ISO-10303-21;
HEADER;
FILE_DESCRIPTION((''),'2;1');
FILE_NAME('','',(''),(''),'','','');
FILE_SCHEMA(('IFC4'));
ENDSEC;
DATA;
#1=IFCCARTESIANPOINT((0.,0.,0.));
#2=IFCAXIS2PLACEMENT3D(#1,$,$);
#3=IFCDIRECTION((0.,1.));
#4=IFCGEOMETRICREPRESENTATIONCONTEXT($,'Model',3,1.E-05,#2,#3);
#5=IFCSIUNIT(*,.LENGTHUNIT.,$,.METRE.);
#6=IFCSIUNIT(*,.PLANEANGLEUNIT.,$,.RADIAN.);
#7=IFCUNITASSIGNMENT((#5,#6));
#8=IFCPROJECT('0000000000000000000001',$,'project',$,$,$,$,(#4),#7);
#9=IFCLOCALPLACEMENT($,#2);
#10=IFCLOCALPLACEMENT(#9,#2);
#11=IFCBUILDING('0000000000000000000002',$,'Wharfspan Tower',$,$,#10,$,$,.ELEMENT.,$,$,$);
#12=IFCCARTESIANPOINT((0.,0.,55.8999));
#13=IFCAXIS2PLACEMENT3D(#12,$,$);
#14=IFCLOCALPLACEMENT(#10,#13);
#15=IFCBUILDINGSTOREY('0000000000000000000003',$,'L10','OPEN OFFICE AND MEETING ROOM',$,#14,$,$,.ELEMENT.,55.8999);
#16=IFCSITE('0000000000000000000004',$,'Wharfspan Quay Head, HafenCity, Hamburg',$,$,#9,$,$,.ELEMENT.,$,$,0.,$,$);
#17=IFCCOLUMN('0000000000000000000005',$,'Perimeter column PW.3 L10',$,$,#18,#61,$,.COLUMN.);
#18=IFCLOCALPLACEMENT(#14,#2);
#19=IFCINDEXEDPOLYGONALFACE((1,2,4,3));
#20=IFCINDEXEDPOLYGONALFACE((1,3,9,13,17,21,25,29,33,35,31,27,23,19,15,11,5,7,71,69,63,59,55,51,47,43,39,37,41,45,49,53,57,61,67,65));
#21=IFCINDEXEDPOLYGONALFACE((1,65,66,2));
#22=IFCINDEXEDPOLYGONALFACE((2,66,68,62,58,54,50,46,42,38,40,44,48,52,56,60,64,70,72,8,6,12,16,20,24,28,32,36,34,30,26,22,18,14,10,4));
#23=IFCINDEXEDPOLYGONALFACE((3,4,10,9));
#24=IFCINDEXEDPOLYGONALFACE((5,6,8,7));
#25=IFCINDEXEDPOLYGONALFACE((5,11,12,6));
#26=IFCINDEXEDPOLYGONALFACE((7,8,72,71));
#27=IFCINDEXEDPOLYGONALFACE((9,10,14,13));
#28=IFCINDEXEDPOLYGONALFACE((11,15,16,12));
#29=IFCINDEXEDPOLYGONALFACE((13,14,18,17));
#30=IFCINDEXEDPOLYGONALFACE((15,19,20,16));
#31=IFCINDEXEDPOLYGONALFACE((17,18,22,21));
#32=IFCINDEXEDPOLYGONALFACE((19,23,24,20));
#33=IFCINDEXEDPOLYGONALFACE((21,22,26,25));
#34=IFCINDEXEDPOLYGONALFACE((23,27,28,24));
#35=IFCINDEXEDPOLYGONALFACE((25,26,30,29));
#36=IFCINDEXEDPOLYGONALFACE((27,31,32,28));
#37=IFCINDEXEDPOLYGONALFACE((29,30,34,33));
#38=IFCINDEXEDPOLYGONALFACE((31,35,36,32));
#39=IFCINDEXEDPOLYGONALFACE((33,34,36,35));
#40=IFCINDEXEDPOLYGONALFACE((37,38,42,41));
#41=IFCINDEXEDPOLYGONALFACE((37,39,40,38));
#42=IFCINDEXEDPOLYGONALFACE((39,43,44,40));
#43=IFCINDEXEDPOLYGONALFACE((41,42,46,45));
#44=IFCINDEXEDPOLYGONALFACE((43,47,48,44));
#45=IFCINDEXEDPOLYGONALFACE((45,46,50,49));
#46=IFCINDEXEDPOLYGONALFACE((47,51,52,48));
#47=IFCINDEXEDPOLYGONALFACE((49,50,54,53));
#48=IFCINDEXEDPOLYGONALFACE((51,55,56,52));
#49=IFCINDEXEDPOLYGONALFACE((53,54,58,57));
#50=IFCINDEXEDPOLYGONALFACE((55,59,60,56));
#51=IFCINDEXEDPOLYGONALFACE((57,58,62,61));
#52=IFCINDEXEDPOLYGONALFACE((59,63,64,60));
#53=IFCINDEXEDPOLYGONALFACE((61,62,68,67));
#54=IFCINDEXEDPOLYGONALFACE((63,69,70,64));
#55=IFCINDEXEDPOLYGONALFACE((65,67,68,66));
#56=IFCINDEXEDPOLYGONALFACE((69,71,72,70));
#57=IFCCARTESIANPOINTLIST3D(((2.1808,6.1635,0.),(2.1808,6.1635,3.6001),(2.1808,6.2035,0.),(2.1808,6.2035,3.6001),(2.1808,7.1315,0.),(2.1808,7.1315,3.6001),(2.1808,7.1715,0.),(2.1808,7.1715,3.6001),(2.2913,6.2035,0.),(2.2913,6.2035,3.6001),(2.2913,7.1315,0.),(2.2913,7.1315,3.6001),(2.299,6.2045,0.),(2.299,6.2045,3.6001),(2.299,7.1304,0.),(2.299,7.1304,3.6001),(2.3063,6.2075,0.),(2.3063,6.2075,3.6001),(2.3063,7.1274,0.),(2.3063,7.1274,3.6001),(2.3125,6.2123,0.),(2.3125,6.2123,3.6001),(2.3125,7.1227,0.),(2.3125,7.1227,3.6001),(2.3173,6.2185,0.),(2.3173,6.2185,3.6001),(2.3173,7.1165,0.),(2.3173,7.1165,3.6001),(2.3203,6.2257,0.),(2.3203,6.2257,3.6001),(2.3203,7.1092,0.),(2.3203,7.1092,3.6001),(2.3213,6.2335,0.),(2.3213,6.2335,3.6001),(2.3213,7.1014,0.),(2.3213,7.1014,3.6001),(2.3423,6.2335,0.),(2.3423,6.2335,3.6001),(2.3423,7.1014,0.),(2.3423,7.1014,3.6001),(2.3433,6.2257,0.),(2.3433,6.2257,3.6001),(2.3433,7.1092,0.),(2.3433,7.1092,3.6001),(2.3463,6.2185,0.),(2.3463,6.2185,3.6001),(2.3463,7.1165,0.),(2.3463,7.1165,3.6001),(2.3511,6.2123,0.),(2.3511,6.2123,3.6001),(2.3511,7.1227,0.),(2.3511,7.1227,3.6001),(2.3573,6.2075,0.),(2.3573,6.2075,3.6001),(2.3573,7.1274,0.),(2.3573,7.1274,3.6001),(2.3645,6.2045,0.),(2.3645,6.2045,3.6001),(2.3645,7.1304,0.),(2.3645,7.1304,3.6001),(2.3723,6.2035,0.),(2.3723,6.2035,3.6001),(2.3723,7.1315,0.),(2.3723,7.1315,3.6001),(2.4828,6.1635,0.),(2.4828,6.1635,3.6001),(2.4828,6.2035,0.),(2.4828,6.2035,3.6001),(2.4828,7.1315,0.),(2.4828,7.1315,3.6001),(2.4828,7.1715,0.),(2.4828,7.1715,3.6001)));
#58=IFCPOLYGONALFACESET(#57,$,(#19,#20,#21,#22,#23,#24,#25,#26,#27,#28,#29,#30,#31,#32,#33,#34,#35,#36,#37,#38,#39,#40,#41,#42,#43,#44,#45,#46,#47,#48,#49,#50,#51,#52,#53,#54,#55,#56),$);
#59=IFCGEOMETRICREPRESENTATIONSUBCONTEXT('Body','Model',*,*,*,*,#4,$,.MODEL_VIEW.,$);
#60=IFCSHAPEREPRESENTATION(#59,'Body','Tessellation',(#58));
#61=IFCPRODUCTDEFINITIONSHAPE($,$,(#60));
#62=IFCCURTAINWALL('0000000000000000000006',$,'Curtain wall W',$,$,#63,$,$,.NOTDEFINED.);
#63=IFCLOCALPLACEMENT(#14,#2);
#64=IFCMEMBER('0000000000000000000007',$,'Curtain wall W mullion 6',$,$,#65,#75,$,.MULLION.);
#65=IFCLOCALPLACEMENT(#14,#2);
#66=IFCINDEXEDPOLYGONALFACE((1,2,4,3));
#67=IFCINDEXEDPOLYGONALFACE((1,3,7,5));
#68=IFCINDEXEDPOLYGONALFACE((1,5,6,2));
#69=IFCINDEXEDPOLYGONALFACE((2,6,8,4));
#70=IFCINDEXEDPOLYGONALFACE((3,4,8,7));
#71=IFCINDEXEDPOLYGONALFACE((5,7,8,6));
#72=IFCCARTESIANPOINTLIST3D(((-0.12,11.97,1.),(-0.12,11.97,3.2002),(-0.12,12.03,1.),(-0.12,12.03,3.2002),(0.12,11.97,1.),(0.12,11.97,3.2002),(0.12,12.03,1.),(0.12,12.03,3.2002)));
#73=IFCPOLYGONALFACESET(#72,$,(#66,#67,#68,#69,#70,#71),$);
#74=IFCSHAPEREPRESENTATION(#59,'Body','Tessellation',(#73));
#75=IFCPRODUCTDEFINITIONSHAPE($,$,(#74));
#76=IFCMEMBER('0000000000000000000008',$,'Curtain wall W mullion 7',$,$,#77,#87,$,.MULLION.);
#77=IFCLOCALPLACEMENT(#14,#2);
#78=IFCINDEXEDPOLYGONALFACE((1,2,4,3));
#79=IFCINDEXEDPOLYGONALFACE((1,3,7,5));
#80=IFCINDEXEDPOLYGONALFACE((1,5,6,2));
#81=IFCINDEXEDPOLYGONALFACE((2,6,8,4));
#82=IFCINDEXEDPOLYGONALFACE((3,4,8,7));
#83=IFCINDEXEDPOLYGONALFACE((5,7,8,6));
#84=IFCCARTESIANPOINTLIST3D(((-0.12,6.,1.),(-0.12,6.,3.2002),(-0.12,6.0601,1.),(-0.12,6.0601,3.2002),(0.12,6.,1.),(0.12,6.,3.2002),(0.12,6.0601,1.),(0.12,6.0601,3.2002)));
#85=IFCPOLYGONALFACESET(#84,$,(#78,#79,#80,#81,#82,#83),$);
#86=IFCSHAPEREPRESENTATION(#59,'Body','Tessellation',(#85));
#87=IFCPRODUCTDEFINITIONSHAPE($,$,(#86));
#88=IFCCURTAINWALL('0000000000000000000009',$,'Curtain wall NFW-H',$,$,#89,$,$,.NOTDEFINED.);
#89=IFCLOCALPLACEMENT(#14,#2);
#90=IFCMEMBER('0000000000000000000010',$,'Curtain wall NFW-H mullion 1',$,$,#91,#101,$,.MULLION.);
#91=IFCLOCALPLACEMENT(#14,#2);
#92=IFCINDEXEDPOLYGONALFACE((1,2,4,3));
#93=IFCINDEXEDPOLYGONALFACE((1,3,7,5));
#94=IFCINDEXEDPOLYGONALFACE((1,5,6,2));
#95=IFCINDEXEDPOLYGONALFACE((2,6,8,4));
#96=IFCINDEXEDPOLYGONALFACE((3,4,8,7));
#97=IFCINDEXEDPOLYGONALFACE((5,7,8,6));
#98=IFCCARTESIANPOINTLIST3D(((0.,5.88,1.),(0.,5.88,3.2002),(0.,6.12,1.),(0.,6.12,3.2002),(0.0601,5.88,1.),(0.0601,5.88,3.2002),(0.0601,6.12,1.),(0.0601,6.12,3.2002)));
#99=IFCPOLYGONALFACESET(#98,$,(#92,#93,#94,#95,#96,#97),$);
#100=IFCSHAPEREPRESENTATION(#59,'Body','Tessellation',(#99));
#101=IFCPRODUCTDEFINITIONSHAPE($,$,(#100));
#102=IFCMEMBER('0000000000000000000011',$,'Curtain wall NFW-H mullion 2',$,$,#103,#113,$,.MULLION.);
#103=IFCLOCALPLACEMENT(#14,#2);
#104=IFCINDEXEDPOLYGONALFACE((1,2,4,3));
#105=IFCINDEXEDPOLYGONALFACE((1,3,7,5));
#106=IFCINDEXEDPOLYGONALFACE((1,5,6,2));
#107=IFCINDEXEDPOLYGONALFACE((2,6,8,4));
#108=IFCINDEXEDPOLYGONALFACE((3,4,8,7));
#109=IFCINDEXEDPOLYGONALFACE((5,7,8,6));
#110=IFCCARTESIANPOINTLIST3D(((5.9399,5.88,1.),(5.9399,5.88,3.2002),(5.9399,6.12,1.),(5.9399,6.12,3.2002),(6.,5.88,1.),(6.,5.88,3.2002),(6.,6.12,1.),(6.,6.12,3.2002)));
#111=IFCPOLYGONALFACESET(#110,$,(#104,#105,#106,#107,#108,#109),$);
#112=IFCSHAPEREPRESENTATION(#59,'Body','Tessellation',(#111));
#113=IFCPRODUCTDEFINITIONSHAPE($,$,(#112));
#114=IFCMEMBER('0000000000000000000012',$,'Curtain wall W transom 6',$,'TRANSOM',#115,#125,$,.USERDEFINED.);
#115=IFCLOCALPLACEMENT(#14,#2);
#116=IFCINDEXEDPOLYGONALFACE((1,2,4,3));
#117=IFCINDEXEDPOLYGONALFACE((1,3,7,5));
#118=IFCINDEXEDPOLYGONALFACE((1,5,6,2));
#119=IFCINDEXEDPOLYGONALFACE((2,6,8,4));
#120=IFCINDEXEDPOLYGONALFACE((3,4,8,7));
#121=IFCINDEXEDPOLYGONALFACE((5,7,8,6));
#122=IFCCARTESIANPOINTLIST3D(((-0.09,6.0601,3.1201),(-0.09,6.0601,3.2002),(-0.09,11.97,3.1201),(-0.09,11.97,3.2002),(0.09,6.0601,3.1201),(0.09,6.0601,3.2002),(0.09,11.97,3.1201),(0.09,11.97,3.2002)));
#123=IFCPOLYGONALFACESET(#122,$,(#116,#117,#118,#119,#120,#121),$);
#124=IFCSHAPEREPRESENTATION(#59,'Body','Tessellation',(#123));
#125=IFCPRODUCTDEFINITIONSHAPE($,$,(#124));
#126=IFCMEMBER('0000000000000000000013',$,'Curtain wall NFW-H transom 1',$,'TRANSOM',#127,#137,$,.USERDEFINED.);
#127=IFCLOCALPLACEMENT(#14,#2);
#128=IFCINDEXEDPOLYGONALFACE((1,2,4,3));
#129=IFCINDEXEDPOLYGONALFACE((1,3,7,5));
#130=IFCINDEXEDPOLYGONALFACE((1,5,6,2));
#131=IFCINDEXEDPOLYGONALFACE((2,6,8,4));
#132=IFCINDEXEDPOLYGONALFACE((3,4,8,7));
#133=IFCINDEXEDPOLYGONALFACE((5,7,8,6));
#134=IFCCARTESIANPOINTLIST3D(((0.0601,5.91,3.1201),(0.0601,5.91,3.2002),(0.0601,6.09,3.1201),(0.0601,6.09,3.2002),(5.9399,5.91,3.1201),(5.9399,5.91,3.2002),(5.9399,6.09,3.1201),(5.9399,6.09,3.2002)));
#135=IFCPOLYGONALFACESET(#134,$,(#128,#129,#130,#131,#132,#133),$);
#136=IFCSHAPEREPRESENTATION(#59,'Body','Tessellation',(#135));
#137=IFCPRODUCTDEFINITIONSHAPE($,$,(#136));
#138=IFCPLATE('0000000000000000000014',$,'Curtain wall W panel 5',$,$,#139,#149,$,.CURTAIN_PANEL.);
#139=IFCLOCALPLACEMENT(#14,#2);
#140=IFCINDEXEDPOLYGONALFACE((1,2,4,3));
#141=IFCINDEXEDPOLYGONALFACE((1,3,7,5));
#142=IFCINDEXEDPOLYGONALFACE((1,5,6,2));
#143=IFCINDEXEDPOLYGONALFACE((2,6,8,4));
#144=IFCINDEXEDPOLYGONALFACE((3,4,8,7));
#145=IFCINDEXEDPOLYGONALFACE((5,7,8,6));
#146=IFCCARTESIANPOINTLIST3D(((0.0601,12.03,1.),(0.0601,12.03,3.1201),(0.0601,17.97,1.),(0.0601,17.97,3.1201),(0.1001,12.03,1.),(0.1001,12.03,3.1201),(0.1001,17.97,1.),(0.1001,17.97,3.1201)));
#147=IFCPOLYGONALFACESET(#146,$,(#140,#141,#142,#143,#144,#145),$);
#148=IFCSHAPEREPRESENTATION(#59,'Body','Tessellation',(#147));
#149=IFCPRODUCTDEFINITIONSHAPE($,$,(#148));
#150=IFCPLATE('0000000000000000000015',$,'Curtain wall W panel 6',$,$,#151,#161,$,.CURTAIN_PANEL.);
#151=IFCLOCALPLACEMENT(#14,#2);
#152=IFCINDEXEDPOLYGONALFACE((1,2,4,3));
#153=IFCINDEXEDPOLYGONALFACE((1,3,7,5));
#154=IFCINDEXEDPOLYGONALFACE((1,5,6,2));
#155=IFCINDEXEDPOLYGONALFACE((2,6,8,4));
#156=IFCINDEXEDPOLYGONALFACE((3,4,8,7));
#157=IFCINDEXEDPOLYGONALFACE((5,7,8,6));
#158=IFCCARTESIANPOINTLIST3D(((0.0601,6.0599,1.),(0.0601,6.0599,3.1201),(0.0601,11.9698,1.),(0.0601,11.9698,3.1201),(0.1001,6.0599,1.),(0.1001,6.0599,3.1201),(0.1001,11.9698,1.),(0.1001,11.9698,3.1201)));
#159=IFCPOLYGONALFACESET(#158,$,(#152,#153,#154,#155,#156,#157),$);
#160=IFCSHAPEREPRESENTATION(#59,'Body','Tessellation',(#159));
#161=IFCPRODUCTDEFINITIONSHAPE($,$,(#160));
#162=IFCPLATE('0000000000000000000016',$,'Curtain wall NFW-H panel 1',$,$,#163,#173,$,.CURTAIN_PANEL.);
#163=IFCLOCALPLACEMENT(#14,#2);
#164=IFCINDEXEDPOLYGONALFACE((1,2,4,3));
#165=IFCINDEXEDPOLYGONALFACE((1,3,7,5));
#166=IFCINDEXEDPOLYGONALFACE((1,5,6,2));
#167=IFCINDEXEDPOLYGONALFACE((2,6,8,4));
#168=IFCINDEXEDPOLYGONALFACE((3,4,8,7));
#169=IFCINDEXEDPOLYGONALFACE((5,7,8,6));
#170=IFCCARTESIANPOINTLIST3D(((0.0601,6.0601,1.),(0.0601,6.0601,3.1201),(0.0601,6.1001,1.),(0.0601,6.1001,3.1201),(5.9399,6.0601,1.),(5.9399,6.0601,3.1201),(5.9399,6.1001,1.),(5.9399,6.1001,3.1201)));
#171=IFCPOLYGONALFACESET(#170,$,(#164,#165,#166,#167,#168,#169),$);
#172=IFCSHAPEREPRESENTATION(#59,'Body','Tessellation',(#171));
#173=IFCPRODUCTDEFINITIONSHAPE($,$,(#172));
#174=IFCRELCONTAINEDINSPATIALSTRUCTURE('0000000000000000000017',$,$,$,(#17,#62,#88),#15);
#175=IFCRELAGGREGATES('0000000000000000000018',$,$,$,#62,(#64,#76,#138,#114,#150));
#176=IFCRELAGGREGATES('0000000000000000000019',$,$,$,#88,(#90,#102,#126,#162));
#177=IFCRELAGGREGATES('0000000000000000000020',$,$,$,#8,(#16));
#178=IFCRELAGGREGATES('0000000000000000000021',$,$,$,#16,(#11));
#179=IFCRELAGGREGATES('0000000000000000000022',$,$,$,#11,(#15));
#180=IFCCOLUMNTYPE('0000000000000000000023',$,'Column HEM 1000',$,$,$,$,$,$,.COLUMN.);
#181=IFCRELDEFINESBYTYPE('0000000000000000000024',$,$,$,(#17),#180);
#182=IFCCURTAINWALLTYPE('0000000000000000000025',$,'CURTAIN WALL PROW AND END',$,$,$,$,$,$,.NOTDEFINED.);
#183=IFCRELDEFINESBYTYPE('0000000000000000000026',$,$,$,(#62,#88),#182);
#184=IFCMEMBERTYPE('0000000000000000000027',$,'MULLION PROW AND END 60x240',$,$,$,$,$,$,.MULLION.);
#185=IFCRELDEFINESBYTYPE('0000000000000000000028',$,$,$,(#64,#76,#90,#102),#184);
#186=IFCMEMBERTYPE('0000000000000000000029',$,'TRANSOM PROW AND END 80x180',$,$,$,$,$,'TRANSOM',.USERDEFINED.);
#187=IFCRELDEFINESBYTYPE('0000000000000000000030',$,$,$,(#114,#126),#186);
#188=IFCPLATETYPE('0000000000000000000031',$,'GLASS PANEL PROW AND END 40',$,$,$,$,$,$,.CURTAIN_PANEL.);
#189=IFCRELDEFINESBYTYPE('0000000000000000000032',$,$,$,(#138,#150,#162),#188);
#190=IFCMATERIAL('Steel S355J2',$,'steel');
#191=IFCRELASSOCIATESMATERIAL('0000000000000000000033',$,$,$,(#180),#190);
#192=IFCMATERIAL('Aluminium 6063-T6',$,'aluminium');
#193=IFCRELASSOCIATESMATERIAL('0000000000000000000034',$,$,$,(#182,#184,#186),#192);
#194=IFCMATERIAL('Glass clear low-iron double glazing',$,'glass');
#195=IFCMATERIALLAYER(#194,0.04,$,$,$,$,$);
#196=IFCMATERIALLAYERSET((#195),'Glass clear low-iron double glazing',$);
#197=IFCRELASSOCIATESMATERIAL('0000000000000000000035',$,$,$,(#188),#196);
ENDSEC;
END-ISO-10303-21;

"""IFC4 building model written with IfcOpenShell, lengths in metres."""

from ifc_helpers import new_model, si_unit, direction, frame, origin, origin_2d, place, context, subcontext, project, spatial, rectangle, i_section, extrude, material, layer, layer_set, material_profile, profile_set, type_object, element, aggregate, save


model = new_model("IFC4")

# Units and contexts
model_context = context("Model", 3, precision=1e-05, world=origin(), true_north=direction((0.0, 1.0)))
body_context = subcontext(model_context, "Body", "Model", "MODEL_VIEW")
ifc_project = project(units=[si_unit("LENGTHUNIT", "METRE"), si_unit("PLANEANGLEUNIT", "RADIAN")], contexts=[model_context])

# Site, building, storey
site_placement = place(None, origin())
site = spatial("IfcSite", under=ifc_project, at=site_placement, Name="Wharfspan Quay Head, HafenCity, Hamburg", CompositionType="ELEMENT", RefElevation=0.0)
building_placement = place(site_placement, origin())
building = spatial("IfcBuilding", under=site, at=building_placement, Name="Wharfspan Tower", CompositionType="ELEMENT")
storey_placement = place(building_placement, frame((0.0, 0.0, 55.8999)))
storey = spatial("IfcBuildingStorey", under=building, at=storey_placement, Name="L10", Description="OPEN OFFICE AND MEETING ROOM", CompositionType="ELEMENT", Elevation=55.8999)

# Column
ifc_material_1 = material(Name="Steel S355J2", Category="steel")
ifc_material_profile_1 = material_profile(ifc_material_1, i_section(OverallWidth=0.302, OverallDepth=1.0081, WebThickness=0.021, FlangeThickness=0.04, FilletRadius=0.03, at=origin_2d()))
ifc_profile_set_1 = profile_set([ifc_material_profile_1], Name="Steel S355J2")
column_type = type_object("IfcColumnType", Name="Column HEM 1000", PredefinedType="COLUMN", material=ifc_profile_set_1)
column_placement = place(storey_placement, frame((2.3318, 6.6675, 0.0), z_axis=(0.0, 0.0, 1.0), x_axis=(-1.0, 0.0, 0.0)))
element("IfcColumn", 1, at=column_placement, inside=storey, type_object=column_type, Name="Perimeter column PW.3 L10", PredefinedType="COLUMN", context=body_context, shape_type="SweptSolid", body=[
    extrude(i_section(OverallWidth=0.302, OverallDepth=1.0081, WebThickness=0.021, FlangeThickness=0.04, FilletRadius=0.03, at=origin_2d()), origin(), (0.0, 0.0, 1.0), 3.6001),
])

# Curtain walls, members
ifc_material_2 = material(Name="Aluminium 6063-T6", Category="aluminium")
curtain_wall_type = type_object("IfcCurtainWallType", Name="CURTAIN WALL PROW AND END", PredefinedType="NOTDEFINED", material=ifc_material_2)
curtain_wall_1_placement = place(storey_placement, origin())
curtain_wall_1 = element("IfcCurtainWall", 2, at=curtain_wall_1_placement, inside=storey, type_object=curtain_wall_type, Name="Curtain wall W", PredefinedType="NOTDEFINED")
ifc_material_profile_2 = material_profile(ifc_material_2, rectangle(XDim=0.24, YDim=0.0601, at=origin_2d()))
ifc_profile_set_2 = profile_set([ifc_material_profile_2], Name="Aluminium 6063-T6")
member_type_1 = type_object("IfcMemberType", Name="MULLION PROW AND END 60x240", PredefinedType="MULLION", material=ifc_profile_set_2)
member_1_placement = place(storey_placement, frame((0.0, 12.0, 1.0), z_axis=(0.0, 0.0, 1.0), x_axis=(1.0, 0.0, 0.0)))
member_1 = element("IfcMember", 3, at=member_1_placement, type_object=member_type_1, Name="Curtain wall W mullion 6", PredefinedType="MULLION", context=body_context, shape_type="SweptSolid", body=[
    extrude(rectangle(XDim=0.24, YDim=0.0601, at=origin_2d()), origin(), (0.0, 0.0, 1.0), 2.2002),
])
member_2_placement = place(storey_placement, frame((0.0, 6.03, 1.0), z_axis=(0.0, 0.0, 1.0), x_axis=(1.0, 0.0, 0.0)))
member_2 = element("IfcMember", 4, at=member_2_placement, type_object=member_type_1, Name="Curtain wall W mullion 7", PredefinedType="MULLION", context=body_context, shape_type="SweptSolid", body=[
    extrude(rectangle(XDim=0.24, YDim=0.0601, at=origin_2d()), origin(), (0.0, 0.0, 1.0), 2.2002),
])
curtain_wall_2_placement = place(storey_placement, origin())
curtain_wall_2 = element("IfcCurtainWall", 5, at=curtain_wall_2_placement, inside=storey, type_object=curtain_wall_type, Name="Curtain wall NFW-H", PredefinedType="NOTDEFINED")
member_3_placement = place(storey_placement, frame((0.03, 6.0, 1.0), z_axis=(0.0, 0.0, 1.0), x_axis=(0.0, 1.0, 0.0)))
member_3 = element("IfcMember", 6, at=member_3_placement, type_object=member_type_1, Name="Curtain wall NFW-H mullion 1", PredefinedType="MULLION", context=body_context, shape_type="SweptSolid", body=[
    extrude(rectangle(XDim=0.24, YDim=0.0601, at=origin_2d()), origin(), (0.0, 0.0, 1.0), 2.2002),
])
member_4_placement = place(storey_placement, frame((5.97, 6.0, 1.0), z_axis=(0.0, 0.0, 1.0), x_axis=(0.0, 1.0, 0.0)))
member_4 = element("IfcMember", 7, at=member_4_placement, type_object=member_type_1, Name="Curtain wall NFW-H mullion 2", PredefinedType="MULLION", context=body_context, shape_type="SweptSolid", body=[
    extrude(rectangle(XDim=0.24, YDim=0.0601, at=origin_2d()), origin(), (0.0, 0.0, 1.0), 2.2002),
])

# Members
ifc_material_profile_3 = material_profile(ifc_material_2, rectangle(XDim=0.1799, YDim=0.0801, at=origin_2d()))
ifc_profile_set_3 = profile_set([ifc_material_profile_3], Name="Aluminium 6063-T6")
member_type_2 = type_object("IfcMemberType", Name="TRANSOM PROW AND END 80x180", ElementType="TRANSOM", PredefinedType="USERDEFINED", material=ifc_profile_set_3)
member_5_placement = place(storey_placement, frame((0.0, 11.97, 3.1602), z_axis=(0.0, -1.0, 0.0), x_axis=(1.0, 0.0, 0.0)))
member_5 = element("IfcMember", 8, at=member_5_placement, type_object=member_type_2, Name="Curtain wall W transom 6", ObjectType="TRANSOM", PredefinedType="USERDEFINED", context=body_context, shape_type="SweptSolid", body=[
    extrude(rectangle(XDim=0.1799, YDim=0.0801, at=origin_2d()), origin(), (0.0, 0.0, 1.0), 5.9099),
])
member_6_placement = place(storey_placement, frame((0.0601, 6.0, 3.1602), z_axis=(1.0, 0.0, 0.0), x_axis=(0.0, 1.0, 0.0)))
member_6 = element("IfcMember", 9, at=member_6_placement, type_object=member_type_2, Name="Curtain wall NFW-H transom 1", ObjectType="TRANSOM", PredefinedType="USERDEFINED", context=body_context, shape_type="SweptSolid", body=[
    extrude(rectangle(XDim=0.1799, YDim=0.0801, at=origin_2d()), origin(), (0.0, 0.0, 1.0), 5.8799),
])

# Plates
ifc_material_3 = material(Name="Glass clear low-iron double glazing", Category="glass")
ifc_layer_1 = layer(ifc_material_3, 0.04)
ifc_layer_set_1 = layer_set([ifc_layer_1], Name="Glass clear low-iron double glazing")
plate_type = type_object("IfcPlateType", Name="GLASS PANEL PROW AND END 40", PredefinedType="CURTAIN_PANEL", material=ifc_layer_set_1)
plate_1_placement = place(storey_placement, frame((0.0801, 15.0, 1.0), z_axis=(0.0, 0.0, 1.0), x_axis=(0.0, -1.0, 0.0)))
plate_1 = element("IfcPlate", 10, at=plate_1_placement, type_object=plate_type, Name="Curtain wall W panel 5", PredefinedType="CURTAIN_PANEL", context=body_context, shape_type="SweptSolid", body=[
    extrude(rectangle(XDim=5.9399, YDim=0.04, at=origin_2d()), origin(), (0.0, 0.0, 1.0), 2.1201),
])
plate_2_placement = place(storey_placement, frame((0.0801, 9.0149, 1.0), z_axis=(0.0, 0.0, 1.0), x_axis=(0.0, -1.0, 0.0)))
plate_2 = element("IfcPlate", 11, at=plate_2_placement, type_object=plate_type, Name="Curtain wall W panel 6", PredefinedType="CURTAIN_PANEL", context=body_context, shape_type="SweptSolid", body=[
    extrude(rectangle(XDim=5.9099, YDim=0.04, at=origin_2d()), origin(), (0.0, 0.0, 1.0), 2.1201),
])
aggregate(curtain_wall_1, [member_1, member_2, plate_1, member_5, plate_2])
plate_3_placement = place(storey_placement, frame((3.0, 6.0801, 1.0), z_axis=(0.0, 0.0, 1.0), x_axis=(1.0, 0.0, 0.0)))
plate_3 = element("IfcPlate", 12, at=plate_3_placement, type_object=plate_type, Name="Curtain wall NFW-H panel 1", PredefinedType="CURTAIN_PANEL", context=body_context, shape_type="SweptSolid", body=[
    extrude(rectangle(XDim=5.8799, YDim=0.04, at=origin_2d()), origin(), (0.0, 0.0, 1.0), 2.1201),
])
aggregate(curtain_wall_2, [member_3, member_4, member_6, plate_3])

save(model, "model.ifc")
